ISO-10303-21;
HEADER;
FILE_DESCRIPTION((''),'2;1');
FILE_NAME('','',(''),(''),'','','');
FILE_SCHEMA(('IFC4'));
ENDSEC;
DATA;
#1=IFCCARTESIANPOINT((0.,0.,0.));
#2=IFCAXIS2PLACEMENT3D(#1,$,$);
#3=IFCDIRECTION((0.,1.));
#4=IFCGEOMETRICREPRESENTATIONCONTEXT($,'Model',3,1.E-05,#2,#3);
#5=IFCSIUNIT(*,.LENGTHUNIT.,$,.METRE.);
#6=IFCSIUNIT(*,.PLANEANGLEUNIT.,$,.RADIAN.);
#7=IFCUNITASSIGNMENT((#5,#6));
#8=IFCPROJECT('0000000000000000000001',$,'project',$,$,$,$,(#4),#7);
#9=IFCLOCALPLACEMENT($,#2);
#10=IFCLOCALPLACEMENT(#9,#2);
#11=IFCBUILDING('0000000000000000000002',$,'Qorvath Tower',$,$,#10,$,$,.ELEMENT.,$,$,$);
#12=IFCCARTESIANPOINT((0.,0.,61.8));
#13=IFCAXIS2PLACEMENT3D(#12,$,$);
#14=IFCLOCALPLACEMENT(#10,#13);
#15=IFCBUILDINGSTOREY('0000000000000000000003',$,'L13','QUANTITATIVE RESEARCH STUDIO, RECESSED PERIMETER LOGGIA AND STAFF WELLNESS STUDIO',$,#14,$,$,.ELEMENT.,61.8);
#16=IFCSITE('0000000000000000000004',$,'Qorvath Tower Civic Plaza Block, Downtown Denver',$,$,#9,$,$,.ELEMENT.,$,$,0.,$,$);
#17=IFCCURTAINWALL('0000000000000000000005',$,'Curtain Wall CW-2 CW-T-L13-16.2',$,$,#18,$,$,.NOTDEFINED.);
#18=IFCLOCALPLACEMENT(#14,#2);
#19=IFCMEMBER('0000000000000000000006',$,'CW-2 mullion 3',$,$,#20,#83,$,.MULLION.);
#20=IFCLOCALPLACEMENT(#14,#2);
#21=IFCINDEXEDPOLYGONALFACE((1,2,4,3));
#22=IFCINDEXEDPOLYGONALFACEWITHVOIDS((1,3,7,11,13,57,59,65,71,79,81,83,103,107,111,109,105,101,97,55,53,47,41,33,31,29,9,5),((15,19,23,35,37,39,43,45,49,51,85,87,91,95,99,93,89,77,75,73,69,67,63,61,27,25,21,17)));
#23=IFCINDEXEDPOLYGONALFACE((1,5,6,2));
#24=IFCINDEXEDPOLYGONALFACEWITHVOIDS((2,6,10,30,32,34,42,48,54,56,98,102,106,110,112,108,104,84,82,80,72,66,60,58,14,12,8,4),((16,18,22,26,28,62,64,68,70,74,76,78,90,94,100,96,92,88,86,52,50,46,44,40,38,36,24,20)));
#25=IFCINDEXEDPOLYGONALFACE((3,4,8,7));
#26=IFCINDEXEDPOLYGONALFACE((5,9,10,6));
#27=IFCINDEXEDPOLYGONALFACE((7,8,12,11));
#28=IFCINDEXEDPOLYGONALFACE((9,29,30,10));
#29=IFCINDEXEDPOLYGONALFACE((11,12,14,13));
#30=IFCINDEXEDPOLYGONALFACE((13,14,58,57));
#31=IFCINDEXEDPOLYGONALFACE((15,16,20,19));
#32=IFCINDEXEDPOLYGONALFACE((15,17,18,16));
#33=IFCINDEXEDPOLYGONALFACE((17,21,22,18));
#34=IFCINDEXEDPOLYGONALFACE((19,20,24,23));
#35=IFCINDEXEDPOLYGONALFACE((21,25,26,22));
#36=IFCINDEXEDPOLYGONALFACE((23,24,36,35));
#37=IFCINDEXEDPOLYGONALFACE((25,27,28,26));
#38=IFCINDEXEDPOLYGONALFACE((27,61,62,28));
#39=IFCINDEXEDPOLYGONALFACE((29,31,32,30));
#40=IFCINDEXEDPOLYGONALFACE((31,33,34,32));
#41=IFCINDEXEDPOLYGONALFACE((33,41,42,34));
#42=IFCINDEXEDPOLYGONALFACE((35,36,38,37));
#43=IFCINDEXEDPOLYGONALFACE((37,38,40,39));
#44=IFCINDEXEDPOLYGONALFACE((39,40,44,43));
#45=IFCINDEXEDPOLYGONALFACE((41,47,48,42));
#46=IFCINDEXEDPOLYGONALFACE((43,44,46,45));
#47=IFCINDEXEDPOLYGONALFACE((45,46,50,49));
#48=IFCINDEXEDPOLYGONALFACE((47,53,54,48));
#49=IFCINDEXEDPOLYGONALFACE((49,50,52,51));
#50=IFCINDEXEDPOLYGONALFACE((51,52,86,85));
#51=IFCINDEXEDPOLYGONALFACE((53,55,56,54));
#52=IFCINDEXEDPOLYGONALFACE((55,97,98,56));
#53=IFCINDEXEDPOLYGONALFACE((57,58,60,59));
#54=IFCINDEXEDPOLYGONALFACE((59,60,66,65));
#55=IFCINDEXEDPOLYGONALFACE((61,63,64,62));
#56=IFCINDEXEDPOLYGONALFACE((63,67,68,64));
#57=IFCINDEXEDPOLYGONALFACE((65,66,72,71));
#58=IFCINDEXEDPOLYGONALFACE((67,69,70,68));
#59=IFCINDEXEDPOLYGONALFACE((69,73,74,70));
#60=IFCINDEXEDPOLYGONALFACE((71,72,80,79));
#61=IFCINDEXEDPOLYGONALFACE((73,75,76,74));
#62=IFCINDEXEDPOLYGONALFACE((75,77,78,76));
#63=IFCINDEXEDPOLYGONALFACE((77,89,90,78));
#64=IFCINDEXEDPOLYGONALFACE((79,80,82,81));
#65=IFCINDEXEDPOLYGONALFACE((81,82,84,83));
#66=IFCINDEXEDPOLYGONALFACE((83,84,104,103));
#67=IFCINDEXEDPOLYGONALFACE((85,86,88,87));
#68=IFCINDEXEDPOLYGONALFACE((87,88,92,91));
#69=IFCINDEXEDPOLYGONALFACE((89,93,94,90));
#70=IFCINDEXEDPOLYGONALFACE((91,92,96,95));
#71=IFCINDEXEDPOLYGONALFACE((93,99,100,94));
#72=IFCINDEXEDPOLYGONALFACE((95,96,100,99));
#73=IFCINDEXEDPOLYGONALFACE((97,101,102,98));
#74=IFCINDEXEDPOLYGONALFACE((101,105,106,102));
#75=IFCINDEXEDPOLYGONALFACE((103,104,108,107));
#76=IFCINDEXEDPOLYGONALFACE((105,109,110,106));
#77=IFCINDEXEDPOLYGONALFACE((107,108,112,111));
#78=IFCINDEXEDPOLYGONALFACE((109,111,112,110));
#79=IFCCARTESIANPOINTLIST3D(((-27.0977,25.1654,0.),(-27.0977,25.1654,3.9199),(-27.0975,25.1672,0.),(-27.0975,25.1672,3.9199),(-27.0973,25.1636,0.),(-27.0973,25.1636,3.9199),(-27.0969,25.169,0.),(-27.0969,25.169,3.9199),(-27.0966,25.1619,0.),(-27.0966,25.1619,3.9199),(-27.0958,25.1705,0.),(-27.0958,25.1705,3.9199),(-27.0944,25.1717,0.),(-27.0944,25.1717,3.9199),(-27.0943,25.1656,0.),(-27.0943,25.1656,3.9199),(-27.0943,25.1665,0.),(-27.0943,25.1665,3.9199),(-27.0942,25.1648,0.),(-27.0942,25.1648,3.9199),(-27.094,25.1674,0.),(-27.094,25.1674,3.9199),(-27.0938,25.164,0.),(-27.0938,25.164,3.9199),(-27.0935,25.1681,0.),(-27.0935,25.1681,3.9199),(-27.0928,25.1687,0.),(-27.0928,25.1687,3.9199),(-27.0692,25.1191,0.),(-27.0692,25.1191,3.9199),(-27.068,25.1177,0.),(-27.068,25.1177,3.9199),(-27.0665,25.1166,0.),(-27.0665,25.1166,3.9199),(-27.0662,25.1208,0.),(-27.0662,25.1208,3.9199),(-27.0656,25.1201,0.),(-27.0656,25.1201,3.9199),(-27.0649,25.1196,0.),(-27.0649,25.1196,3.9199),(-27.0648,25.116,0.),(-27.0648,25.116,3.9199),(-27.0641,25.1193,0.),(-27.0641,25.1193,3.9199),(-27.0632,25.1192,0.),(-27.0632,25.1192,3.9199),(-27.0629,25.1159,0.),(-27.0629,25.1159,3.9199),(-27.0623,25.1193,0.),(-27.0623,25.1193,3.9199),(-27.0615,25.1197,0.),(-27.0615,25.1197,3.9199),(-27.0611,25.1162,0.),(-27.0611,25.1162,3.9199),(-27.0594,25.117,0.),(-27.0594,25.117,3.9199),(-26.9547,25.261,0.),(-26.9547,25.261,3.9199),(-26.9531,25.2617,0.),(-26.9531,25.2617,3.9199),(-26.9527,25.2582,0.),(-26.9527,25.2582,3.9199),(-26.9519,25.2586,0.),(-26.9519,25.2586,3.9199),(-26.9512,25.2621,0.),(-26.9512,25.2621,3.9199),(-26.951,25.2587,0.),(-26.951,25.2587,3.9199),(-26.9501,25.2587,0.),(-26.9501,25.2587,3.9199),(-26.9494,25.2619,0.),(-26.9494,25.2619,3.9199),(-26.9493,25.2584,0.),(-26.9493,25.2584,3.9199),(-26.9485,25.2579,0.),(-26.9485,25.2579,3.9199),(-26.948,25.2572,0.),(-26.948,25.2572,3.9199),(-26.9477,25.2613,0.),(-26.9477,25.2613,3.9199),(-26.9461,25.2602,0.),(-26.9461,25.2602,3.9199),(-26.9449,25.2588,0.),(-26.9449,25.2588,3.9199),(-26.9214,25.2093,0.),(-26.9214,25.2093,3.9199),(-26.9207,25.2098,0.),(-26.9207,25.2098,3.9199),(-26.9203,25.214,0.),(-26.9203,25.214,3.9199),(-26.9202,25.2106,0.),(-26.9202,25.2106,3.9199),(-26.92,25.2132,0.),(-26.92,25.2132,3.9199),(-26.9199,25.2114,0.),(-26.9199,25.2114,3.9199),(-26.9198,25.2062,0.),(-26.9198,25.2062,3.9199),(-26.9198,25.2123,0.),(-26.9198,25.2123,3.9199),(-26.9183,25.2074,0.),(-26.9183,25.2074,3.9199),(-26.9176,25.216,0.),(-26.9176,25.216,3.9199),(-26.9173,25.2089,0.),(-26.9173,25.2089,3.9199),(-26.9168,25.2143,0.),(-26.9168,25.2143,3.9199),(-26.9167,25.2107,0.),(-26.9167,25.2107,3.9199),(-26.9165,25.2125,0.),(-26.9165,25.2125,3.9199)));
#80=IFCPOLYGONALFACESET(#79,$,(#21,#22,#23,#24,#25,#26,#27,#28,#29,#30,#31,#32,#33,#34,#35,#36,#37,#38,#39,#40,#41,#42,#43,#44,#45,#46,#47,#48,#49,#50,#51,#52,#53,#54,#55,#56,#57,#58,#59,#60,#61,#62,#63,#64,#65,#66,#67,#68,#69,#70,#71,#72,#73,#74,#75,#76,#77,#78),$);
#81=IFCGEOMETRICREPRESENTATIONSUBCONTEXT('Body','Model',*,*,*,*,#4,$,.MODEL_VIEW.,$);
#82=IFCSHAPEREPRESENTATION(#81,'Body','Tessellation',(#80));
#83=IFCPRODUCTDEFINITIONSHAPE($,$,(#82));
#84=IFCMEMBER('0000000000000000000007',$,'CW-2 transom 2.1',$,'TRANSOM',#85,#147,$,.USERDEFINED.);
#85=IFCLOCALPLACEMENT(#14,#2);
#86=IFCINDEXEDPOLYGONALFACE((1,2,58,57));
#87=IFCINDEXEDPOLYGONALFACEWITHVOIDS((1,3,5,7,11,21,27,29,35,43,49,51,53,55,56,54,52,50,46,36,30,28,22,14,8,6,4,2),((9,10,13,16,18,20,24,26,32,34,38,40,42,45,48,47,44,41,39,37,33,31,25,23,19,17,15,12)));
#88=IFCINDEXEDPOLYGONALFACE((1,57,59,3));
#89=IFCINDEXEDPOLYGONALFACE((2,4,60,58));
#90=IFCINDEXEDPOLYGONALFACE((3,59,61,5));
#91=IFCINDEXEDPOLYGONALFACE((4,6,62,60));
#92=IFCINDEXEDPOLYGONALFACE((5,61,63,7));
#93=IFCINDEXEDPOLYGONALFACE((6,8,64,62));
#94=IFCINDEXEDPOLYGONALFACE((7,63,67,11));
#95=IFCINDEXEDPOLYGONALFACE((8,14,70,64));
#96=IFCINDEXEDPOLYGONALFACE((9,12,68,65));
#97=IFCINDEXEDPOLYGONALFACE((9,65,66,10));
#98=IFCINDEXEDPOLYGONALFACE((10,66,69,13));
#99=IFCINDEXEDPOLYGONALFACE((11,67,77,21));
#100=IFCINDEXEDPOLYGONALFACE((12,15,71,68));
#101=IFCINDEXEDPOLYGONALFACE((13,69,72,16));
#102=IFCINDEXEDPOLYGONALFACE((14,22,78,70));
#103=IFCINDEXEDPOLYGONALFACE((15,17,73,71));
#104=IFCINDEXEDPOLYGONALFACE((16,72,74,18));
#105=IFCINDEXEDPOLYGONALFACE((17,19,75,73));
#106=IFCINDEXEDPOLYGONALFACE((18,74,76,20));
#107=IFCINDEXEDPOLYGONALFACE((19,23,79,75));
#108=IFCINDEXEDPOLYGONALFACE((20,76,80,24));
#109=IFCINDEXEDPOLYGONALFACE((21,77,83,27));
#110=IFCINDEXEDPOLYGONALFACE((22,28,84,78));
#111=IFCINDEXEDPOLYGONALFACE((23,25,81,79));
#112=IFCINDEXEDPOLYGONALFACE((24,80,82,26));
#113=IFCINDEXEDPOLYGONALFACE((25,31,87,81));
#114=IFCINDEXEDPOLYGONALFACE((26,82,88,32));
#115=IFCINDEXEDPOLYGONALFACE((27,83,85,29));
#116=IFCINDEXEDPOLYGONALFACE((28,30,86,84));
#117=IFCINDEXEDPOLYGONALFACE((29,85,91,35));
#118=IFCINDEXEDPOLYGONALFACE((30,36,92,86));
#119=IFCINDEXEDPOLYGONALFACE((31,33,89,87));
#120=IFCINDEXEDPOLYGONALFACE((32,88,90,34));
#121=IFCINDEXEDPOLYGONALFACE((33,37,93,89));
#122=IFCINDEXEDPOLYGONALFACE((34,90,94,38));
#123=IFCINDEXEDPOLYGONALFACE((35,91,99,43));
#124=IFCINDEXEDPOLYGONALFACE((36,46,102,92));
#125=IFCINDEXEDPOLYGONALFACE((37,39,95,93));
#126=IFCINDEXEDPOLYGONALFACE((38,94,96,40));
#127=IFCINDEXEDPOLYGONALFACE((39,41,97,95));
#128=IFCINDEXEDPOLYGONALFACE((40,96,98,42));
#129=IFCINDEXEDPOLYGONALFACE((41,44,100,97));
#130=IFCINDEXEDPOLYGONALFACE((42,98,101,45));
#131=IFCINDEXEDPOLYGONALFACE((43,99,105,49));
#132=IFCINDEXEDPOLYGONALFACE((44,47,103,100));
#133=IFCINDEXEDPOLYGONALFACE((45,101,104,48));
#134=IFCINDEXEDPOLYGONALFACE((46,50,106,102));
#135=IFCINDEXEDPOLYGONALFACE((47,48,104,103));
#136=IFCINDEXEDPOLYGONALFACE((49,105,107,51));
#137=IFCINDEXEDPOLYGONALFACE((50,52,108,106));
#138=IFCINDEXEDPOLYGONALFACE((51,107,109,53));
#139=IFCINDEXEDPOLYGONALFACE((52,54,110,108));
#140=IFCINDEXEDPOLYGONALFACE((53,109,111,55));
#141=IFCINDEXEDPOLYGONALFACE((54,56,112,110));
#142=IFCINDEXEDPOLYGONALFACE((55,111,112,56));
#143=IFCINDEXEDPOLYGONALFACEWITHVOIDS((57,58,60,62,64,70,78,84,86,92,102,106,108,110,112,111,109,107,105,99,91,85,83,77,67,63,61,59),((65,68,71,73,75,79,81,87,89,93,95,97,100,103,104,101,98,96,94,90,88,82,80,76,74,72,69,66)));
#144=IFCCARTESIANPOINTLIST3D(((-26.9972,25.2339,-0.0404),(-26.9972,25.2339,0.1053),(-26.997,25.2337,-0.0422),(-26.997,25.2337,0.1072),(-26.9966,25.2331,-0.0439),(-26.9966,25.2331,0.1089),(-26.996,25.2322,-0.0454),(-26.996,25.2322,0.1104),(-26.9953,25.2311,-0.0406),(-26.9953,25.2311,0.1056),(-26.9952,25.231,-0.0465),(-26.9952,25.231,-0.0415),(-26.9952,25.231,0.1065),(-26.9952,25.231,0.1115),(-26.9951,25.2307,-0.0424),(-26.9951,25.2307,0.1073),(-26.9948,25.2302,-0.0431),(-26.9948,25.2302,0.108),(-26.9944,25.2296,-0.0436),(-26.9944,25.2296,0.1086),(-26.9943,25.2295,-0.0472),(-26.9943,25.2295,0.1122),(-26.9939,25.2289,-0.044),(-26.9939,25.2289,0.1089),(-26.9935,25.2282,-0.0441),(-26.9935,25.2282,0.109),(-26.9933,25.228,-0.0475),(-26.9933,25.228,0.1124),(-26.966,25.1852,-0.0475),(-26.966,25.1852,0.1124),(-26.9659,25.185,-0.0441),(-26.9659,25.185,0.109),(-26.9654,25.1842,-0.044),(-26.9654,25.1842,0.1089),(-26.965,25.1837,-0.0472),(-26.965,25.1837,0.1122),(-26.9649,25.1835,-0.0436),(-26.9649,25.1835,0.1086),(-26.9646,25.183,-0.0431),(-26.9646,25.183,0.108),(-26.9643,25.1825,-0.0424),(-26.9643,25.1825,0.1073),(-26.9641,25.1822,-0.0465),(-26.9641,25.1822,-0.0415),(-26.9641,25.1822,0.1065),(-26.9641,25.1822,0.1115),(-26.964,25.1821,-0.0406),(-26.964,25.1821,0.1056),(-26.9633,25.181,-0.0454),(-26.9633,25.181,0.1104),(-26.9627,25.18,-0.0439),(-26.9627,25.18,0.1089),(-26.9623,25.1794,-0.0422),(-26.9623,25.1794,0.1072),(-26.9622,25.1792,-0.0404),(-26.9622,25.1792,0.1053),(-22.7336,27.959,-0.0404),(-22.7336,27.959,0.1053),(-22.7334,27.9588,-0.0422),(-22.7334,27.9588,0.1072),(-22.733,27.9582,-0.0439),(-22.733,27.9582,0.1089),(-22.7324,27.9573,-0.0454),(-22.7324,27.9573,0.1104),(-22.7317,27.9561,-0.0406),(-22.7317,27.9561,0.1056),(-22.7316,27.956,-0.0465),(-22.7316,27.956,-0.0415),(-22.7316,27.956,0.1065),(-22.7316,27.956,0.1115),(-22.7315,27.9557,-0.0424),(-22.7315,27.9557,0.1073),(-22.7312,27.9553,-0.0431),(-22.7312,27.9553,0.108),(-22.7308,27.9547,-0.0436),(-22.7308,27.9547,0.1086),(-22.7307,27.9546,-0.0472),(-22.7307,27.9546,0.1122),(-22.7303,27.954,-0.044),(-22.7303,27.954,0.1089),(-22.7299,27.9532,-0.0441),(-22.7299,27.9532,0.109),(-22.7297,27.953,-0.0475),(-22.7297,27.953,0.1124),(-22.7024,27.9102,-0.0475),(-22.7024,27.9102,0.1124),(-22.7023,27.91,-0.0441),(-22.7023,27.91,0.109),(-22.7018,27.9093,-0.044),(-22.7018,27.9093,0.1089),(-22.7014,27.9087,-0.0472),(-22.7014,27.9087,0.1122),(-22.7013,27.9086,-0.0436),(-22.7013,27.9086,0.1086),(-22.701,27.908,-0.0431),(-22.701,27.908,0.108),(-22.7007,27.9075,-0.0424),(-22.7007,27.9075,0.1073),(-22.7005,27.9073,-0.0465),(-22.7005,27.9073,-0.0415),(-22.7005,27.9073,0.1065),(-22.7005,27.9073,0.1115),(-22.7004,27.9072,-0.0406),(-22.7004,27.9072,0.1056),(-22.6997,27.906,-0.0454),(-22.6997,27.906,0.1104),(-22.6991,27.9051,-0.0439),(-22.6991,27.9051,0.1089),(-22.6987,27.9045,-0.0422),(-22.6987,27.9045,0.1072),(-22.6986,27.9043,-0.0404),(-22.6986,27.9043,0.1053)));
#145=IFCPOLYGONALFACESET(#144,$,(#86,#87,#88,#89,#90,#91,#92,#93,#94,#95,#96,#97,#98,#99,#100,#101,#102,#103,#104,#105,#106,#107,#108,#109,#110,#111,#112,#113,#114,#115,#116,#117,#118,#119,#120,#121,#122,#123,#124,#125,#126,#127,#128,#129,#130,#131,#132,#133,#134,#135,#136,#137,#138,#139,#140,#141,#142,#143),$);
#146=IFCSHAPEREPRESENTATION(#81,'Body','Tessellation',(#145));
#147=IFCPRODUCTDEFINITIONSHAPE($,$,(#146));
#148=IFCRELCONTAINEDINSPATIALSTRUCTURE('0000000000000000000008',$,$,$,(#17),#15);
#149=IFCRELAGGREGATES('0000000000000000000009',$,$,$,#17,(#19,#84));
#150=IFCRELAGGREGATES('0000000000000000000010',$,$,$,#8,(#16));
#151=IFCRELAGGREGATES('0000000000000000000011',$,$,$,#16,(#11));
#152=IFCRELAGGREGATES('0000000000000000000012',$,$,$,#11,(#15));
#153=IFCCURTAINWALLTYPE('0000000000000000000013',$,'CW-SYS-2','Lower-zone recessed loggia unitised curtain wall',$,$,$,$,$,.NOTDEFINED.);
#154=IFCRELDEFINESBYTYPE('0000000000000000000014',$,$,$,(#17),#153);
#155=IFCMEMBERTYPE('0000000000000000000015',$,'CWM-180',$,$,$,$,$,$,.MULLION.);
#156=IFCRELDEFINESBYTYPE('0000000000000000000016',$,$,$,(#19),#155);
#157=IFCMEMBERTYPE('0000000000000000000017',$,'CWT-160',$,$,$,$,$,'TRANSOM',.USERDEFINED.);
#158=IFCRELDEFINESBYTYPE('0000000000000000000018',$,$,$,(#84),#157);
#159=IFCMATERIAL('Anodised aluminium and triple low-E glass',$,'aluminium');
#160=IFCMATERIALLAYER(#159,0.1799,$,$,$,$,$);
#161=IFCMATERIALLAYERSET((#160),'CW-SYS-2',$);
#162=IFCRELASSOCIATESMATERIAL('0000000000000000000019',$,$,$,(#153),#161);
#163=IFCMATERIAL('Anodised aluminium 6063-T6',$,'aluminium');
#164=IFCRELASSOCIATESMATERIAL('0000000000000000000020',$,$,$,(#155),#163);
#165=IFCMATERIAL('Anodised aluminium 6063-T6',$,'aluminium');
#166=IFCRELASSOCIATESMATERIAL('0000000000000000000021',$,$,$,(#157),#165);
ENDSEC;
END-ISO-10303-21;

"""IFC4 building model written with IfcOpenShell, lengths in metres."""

from ifc_helpers import new_model, si_unit, direction, frame, origin, origin_2d, place, context, subcontext, project, spatial, hollow_rectangle, extrude, material, layer, layer_set, material_profile, profile_set, type_object, element, aggregate, save


model = new_model("IFC4")

# Units and contexts
model_context = context("Model", 3, precision=1e-05, world=origin(), true_north=direction((0.0, 1.0)))
body_context = subcontext(model_context, "Body", "Model", "MODEL_VIEW")
ifc_project = project(units=[si_unit("LENGTHUNIT", "METRE"), si_unit("PLANEANGLEUNIT", "RADIAN")], contexts=[model_context])

# Site, building, storey
site_placement = place(None, origin())
site = spatial("IfcSite", under=ifc_project, at=site_placement, Name="Qorvath Tower Civic Plaza Block, Downtown Denver", CompositionType="ELEMENT", RefElevation=0.0)
building_placement = place(site_placement, origin())
building = spatial("IfcBuilding", under=site, at=building_placement, Name="Qorvath Tower", CompositionType="ELEMENT")
storey_placement = place(building_placement, frame((0.0, 0.0, 61.8)))
storey = spatial("IfcBuildingStorey", under=building, at=storey_placement, Name="L13", Description="QUANTITATIVE RESEARCH STUDIO, RECESSED PERIMETER LOGGIA AND STAFF WELLNESS STUDIO", CompositionType="ELEMENT", Elevation=61.8)

# Curtain wall, members
ifc_material_1 = material(Name="Anodised aluminium and triple low-E glass", Category="aluminium")
ifc_layer_1 = layer(ifc_material_1, 0.1799)
ifc_layer_set_1 = layer_set([ifc_layer_1], Name="CW-SYS-2")
curtain_wall_type = type_object("IfcCurtainWallType", Name="CW-SYS-2", Description="Lower-zone recessed loggia unitised curtain wall", PredefinedType="NOTDEFINED", material=ifc_layer_set_1)
curtain_wall_placement = place(storey_placement, origin())
curtain_wall = element("IfcCurtainWall", 1, at=curtain_wall_placement, inside=storey, type_object=curtain_wall_type, Name="Curtain Wall CW-2 CW-T-L13-16.2", PredefinedType="NOTDEFINED")
ifc_material_2 = material(Name="Anodised aluminium 6063-T6", Category="aluminium")
ifc_material_profile_1 = material_profile(ifc_material_2, hollow_rectangle(XDim=0.0649, YDim=0.1799, WallThickness=0.0034, InnerFilletRadius=0.0034, OuterFilletRadius=0.0071, at=origin_2d()), Name="CWM 180x65")
ifc_profile_set_1 = profile_set([ifc_material_profile_1], Name="Anodised aluminium 6063-T6")
member_type_1 = type_object("IfcMemberType", Name="CWM-180", PredefinedType="MULLION", material=ifc_profile_set_1)
member_1_placement = place(storey_placement, frame((-27.0071, 25.189, 0.0), z_axis=(0.0, 0.0, 1.0), x_axis=(0.538539, -0.8426, 0.0)))
member_1 = element("IfcMember", 2, at=member_1_placement, type_object=member_type_1, Name="CW-2 mullion 3", PredefinedType="MULLION", context=body_context, shape_type="SweptSolid", body=[
    extrude(hollow_rectangle(XDim=0.0649, YDim=0.1799, WallThickness=0.0034, InnerFilletRadius=0.0034, OuterFilletRadius=0.0071, at=origin_2d()), origin(), (0.0, 0.0, 1.0), 3.9199),
])
ifc_material_3 = material(Name="Anodised aluminium 6063-T6", Category="aluminium")
ifc_material_profile_2 = material_profile(ifc_material_3, hollow_rectangle(XDim=0.0649, YDim=0.1599, WallThickness=0.0034, InnerFilletRadius=0.0034, OuterFilletRadius=0.0071, at=origin_2d()), Name="CWT 160x65")
ifc_profile_set_2 = profile_set([ifc_material_profile_2], Name="Anodised aluminium 6063-T6")
member_type_2 = type_object("IfcMemberType", Name="CWT-160", ElementType="TRANSOM", PredefinedType="USERDEFINED", material=ifc_profile_set_2)
member_2_placement = place(storey_placement, frame((-22.7161, 27.9316, 0.0325), z_axis=(-0.842599, -0.538542, 0.0), x_axis=(0.538542, -0.842599, 0.0)))
member_2 = element("IfcMember", 3, at=member_2_placement, type_object=member_type_2, Name="CW-2 transom 2.1", ObjectType="TRANSOM", PredefinedType="USERDEFINED", context=body_context, shape_type="SweptSolid", body=[
    extrude(hollow_rectangle(XDim=0.0649, YDim=0.1599, WallThickness=0.0034, InnerFilletRadius=0.0034, OuterFilletRadius=0.0071, at=origin_2d()), origin(), (0.0, 0.0, 1.0), 5.0601),
])
aggregate(curtain_wall, [member_1, member_2])

save(model, "model.ifc")
